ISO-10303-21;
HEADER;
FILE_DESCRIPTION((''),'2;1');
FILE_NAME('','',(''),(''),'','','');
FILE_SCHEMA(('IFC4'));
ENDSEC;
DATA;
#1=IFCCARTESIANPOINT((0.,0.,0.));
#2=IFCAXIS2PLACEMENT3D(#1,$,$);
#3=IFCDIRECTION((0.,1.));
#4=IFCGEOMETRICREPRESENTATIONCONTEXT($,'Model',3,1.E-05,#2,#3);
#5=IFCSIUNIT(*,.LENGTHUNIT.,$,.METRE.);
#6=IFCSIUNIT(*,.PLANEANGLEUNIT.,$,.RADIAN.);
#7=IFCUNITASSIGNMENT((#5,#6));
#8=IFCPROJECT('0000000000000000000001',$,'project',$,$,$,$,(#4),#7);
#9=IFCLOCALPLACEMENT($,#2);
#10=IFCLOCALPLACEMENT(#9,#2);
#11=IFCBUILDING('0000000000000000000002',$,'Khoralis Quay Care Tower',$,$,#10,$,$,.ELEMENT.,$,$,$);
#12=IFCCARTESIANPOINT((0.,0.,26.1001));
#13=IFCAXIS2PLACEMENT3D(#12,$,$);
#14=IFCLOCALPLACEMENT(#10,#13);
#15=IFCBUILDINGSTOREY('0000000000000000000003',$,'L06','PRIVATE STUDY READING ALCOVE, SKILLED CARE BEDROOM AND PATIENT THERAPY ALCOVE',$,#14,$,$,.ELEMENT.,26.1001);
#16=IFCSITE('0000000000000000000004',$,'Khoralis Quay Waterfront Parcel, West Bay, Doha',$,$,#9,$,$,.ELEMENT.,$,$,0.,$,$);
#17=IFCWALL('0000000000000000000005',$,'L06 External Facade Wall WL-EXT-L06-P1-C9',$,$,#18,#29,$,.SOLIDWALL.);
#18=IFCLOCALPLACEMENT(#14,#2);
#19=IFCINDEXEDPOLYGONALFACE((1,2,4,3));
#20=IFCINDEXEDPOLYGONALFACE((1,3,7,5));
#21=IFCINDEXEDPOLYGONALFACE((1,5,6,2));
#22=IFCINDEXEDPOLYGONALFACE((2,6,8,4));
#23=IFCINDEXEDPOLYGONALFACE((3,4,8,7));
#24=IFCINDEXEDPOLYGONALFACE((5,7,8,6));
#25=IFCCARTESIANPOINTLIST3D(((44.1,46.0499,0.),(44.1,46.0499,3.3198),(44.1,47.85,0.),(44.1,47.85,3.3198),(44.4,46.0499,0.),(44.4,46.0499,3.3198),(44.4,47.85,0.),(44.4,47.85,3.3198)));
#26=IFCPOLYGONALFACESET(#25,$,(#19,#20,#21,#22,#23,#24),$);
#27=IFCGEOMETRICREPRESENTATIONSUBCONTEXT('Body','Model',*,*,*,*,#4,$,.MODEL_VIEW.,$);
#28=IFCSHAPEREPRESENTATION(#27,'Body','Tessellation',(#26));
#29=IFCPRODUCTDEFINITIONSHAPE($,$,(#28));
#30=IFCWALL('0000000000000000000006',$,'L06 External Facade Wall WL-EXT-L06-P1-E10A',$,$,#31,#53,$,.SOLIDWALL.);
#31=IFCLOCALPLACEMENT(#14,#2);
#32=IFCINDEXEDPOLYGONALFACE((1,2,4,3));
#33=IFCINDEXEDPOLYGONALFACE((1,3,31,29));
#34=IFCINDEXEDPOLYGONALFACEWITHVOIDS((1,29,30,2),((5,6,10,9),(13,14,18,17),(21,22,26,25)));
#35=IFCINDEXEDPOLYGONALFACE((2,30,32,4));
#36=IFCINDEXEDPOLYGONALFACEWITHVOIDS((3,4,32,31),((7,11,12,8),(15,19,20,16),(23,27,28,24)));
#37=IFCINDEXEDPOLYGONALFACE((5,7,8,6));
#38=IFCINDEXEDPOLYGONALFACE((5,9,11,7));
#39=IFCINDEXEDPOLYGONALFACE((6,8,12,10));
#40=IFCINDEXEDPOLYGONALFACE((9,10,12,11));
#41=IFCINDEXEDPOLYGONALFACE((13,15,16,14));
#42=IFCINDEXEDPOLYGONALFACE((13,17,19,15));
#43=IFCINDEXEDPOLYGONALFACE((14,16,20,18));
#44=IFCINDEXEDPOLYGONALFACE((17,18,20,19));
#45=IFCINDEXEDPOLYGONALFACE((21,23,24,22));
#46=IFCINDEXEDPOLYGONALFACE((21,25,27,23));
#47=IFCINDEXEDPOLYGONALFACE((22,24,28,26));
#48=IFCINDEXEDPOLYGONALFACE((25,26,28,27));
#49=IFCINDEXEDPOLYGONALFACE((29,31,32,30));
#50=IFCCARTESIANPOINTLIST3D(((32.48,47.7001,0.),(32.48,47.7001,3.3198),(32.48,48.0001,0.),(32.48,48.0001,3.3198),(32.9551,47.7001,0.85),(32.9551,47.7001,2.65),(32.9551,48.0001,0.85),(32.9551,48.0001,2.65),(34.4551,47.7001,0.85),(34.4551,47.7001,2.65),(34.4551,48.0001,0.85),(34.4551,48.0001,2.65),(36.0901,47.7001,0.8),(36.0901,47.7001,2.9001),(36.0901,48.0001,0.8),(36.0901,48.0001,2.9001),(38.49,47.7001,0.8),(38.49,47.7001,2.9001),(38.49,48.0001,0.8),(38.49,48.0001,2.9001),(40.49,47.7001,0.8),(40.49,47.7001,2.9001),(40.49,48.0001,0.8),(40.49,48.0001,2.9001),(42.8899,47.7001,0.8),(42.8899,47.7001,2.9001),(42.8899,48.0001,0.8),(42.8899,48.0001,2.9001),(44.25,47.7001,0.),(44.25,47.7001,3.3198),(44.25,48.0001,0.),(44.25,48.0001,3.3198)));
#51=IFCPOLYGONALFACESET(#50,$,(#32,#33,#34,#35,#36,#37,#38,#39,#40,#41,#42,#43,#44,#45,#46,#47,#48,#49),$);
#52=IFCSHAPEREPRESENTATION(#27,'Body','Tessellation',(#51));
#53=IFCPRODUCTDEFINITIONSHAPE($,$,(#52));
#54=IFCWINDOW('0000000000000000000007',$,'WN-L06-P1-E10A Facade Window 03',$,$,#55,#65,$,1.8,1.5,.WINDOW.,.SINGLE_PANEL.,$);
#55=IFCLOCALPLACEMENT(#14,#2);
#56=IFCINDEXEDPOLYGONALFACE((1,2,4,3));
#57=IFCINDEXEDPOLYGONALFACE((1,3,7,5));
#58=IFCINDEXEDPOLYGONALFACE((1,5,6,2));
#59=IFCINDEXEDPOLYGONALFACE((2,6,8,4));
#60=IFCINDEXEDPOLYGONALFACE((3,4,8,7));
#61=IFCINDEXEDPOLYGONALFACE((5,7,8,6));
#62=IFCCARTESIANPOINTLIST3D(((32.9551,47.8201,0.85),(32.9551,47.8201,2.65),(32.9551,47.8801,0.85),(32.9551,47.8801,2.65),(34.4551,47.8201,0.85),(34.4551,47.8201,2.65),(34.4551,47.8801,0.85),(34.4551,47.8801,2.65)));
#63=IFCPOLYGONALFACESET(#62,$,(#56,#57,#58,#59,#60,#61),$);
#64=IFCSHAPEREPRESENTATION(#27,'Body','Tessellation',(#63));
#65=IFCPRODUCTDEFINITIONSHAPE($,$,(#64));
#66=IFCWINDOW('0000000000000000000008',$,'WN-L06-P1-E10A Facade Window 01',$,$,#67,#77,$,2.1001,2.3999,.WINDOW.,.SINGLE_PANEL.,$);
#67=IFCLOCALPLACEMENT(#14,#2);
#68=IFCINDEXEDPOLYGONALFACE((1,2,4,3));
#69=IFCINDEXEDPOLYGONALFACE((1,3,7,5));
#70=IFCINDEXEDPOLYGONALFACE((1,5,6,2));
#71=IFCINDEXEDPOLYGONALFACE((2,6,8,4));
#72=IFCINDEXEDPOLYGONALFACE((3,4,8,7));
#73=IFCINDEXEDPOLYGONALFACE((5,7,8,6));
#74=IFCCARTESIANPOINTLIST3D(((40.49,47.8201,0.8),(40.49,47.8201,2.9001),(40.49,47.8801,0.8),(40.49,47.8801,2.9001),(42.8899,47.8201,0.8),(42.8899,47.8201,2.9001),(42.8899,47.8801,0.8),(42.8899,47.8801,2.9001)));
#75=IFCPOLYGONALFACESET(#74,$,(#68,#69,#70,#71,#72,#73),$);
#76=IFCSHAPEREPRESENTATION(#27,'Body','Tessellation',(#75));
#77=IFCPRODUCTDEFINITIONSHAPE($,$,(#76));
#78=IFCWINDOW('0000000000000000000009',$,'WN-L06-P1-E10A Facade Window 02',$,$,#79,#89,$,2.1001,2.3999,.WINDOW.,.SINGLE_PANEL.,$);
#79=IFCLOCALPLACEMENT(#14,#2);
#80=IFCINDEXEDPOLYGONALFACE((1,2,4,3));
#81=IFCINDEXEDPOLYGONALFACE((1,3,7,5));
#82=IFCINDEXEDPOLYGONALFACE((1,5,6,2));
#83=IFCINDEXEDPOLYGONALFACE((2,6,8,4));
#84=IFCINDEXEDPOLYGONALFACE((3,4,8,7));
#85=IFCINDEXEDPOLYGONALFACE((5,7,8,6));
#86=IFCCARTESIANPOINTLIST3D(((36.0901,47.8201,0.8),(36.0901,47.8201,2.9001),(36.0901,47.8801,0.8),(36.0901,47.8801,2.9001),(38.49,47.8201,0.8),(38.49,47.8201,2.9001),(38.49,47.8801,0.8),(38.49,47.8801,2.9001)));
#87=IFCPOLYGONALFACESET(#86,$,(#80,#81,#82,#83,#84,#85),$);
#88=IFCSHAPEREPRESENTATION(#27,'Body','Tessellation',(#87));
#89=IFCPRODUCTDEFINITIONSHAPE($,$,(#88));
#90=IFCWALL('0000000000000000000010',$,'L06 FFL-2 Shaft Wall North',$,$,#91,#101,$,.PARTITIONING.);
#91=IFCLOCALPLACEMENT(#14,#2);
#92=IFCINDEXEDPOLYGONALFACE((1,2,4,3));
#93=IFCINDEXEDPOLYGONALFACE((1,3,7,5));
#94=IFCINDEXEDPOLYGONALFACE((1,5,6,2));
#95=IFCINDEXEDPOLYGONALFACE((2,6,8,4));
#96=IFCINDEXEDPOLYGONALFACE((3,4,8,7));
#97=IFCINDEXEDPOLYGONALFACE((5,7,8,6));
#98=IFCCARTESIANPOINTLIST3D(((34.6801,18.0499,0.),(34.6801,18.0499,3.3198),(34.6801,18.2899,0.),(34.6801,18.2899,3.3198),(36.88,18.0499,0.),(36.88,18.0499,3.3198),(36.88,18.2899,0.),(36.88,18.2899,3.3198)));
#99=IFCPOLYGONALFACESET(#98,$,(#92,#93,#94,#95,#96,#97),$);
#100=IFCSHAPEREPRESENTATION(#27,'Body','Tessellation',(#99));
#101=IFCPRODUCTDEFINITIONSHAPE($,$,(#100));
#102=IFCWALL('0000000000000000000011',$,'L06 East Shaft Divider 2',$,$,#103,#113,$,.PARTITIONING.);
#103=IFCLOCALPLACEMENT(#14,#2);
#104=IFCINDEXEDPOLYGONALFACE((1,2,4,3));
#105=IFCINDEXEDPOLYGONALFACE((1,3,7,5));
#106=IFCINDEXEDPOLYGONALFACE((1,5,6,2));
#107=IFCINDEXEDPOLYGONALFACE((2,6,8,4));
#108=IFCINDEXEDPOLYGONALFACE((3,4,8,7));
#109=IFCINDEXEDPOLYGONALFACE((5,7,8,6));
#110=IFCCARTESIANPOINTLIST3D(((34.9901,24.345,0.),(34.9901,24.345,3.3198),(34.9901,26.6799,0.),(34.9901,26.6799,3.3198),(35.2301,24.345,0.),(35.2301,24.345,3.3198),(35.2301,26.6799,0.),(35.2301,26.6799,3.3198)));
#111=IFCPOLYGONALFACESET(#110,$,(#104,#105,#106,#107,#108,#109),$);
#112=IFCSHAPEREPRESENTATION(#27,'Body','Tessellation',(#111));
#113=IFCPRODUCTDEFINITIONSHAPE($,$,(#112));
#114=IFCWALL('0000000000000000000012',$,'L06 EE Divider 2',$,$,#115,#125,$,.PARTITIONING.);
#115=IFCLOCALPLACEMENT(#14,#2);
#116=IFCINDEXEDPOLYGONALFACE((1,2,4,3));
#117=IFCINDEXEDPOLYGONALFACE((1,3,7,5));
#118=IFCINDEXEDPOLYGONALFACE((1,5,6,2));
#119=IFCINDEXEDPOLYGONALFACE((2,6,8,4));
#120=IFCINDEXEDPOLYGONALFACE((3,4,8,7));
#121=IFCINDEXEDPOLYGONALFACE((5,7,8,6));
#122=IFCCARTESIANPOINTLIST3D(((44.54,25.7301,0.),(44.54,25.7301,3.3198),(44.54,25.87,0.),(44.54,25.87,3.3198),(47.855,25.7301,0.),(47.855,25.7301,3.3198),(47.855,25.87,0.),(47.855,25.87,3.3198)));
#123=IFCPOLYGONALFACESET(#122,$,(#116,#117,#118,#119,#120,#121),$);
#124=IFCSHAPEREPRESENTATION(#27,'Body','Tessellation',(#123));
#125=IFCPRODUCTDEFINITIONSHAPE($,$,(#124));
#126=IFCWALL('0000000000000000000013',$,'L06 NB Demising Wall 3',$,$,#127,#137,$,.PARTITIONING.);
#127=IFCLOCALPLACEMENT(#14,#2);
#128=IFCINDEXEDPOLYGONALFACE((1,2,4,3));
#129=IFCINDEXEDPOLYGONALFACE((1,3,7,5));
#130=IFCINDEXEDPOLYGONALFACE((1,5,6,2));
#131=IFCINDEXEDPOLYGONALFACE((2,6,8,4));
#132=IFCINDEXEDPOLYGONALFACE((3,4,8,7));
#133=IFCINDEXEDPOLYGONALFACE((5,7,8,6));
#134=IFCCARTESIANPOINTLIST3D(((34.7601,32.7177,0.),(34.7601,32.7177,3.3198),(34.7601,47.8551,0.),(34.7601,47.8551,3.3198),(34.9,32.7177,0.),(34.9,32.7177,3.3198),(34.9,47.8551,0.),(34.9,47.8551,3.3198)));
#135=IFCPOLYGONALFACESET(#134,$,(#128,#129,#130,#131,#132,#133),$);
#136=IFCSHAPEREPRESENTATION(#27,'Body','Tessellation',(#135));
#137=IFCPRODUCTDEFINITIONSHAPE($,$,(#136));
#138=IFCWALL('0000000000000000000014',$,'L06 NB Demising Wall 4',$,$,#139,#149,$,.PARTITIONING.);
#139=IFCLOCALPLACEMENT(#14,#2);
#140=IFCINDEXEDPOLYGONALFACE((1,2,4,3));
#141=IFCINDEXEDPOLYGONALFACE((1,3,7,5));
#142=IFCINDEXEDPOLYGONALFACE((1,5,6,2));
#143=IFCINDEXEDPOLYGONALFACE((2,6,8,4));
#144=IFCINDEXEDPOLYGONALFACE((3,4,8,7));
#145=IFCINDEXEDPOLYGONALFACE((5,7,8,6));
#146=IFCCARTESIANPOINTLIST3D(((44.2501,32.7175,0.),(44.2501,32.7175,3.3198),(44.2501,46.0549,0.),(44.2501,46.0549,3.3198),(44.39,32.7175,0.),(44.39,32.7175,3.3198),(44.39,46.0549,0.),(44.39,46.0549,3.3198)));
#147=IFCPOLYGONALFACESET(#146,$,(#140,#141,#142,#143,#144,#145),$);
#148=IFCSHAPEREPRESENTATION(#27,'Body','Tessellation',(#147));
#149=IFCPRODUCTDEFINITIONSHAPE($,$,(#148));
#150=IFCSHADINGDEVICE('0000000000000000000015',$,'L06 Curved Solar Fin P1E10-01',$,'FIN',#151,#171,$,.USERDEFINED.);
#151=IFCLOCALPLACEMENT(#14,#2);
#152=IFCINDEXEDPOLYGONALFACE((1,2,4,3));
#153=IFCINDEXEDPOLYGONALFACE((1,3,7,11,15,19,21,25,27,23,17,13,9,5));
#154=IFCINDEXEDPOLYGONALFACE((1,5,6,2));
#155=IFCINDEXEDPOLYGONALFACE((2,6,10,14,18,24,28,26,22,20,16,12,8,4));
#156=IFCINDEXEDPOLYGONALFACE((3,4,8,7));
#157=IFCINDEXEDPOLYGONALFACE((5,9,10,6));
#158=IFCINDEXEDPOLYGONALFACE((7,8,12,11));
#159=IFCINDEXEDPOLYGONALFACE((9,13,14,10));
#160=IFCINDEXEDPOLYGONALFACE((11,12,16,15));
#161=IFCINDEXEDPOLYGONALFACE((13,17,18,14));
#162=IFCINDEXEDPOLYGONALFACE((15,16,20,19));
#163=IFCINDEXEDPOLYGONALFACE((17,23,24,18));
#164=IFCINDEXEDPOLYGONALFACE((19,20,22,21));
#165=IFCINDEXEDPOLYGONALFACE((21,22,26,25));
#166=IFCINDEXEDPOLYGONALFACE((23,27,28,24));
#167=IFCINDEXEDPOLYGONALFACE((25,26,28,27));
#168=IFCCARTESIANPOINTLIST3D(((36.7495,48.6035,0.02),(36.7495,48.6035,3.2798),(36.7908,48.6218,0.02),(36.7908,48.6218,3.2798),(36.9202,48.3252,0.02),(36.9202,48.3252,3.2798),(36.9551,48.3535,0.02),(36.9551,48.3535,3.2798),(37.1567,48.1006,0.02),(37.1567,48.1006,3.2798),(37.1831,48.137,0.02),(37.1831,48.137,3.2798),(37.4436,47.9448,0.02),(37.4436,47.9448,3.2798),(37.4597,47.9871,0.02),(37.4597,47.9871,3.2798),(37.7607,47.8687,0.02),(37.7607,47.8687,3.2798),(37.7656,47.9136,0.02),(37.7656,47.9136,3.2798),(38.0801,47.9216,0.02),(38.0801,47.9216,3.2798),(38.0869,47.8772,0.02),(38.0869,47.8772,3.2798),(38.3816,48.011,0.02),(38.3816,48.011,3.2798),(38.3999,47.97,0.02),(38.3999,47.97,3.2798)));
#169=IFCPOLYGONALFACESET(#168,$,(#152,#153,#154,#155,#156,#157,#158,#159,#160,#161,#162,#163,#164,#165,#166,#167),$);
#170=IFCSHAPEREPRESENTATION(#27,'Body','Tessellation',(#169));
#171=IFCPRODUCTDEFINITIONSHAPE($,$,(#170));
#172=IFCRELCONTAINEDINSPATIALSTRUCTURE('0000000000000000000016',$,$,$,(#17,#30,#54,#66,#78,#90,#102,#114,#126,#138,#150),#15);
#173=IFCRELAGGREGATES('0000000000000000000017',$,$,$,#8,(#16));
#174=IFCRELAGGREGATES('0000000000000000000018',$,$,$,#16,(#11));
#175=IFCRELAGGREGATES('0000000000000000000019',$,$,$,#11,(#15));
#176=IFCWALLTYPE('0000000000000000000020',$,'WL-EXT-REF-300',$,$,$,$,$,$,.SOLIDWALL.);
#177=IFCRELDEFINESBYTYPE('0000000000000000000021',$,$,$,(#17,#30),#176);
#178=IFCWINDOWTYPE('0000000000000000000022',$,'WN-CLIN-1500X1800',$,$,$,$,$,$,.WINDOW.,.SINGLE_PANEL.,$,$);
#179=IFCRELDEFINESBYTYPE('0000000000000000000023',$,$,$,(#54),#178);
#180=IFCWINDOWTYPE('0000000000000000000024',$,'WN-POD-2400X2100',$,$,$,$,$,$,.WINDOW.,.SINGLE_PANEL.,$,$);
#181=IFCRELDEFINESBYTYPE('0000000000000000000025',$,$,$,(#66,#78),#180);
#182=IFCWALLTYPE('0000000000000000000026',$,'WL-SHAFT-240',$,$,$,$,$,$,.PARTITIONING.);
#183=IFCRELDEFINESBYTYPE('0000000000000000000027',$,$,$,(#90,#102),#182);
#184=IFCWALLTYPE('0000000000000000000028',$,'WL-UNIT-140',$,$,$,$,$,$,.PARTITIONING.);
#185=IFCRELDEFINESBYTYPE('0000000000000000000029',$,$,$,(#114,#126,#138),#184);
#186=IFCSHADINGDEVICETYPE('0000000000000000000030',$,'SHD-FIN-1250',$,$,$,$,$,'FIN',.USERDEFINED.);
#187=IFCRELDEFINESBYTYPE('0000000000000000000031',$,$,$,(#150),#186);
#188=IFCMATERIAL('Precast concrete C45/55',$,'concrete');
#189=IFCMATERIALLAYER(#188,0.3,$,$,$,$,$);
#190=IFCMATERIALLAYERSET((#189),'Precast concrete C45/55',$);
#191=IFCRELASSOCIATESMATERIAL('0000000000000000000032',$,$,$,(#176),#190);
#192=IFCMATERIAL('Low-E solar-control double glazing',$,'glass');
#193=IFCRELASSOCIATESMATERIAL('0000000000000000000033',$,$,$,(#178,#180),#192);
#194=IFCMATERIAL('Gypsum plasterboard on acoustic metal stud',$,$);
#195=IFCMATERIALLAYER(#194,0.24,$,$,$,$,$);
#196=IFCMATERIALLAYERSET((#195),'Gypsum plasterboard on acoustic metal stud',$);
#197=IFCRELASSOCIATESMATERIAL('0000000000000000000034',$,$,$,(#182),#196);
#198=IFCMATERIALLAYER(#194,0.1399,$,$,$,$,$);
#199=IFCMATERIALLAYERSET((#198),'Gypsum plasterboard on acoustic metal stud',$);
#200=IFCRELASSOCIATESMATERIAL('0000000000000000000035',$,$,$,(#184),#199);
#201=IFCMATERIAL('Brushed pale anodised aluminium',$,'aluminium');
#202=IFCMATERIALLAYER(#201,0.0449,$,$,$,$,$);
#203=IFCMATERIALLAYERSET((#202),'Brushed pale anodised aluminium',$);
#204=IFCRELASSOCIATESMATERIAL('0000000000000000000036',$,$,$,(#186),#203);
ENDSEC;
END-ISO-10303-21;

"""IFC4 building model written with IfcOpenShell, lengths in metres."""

from ifc_helpers import new_model, si_unit, direction, frame, frame_2d, origin, place, context, subcontext, project, spatial, polyline, rectangle, outline, extrude, source, transform, mapped, material, layer, layer_set, type_object, element, fill, save


model = new_model("IFC4")

# Units and contexts
model_context = context("Model", 3, precision=1e-05, world=origin(), true_north=direction((0.0, 1.0)))
body_context = subcontext(model_context, "Body", "Model", "MODEL_VIEW")
ifc_project = project(units=[si_unit("LENGTHUNIT", "METRE"), si_unit("PLANEANGLEUNIT", "RADIAN")], contexts=[model_context])

# Site, building, storey
site_placement = place(None, origin())
site = spatial("IfcSite", under=ifc_project, at=site_placement, Name="Khoralis Quay Waterfront Parcel, West Bay, Doha", CompositionType="ELEMENT", RefElevation=0.0)
building_placement = place(site_placement, origin())
building = spatial("IfcBuilding", under=site, at=building_placement, Name="Khoralis Quay Care Tower", CompositionType="ELEMENT")
storey_placement = place(building_placement, frame((0.0, 0.0, 26.1001)))
storey = spatial("IfcBuildingStorey", under=building, at=storey_placement, Name="L06", Description="PRIVATE STUDY READING ALCOVE, SKILLED CARE BEDROOM AND PATIENT THERAPY ALCOVE", CompositionType="ELEMENT", Elevation=26.1001)

# Wall
ifc_material_1 = material(Name="Gypsum plasterboard on acoustic metal stud")
ifc_material_2 = material(Name="Precast concrete C45/55", Category="concrete")
ifc_layer_1 = layer(ifc_material_2, 0.3)
ifc_layer_set_1 = layer_set([ifc_layer_1], Name="Precast concrete C45/55")
wall_type_1 = type_object("IfcWallType", Name="WL-EXT-REF-300", PredefinedType="SOLIDWALL", material=ifc_layer_set_1)
for number, where, z_axis, x_axis, name in (
    (1, (44.25, 46.05, 0.0), (0.0, 0.0, 1.0), (0.0, 1.0, 0.0), "L06 External Facade Wall WL-EXT-L06-P1-C9"),
):
    element("IfcWall", number, at=place(storey_placement, frame(where, z_axis=z_axis, x_axis=x_axis)), inside=storey, type_object=wall_type_1, Name=name, PredefinedType="SOLIDWALL", context=body_context, shape_type="SweptSolid", body=[
        extrude(rectangle(XDim=1.8, YDim=0.3, at=frame_2d((0.8999, 0.0))), origin(), (0.0, 0.0, 1.0), 3.3198),
    ])

# Wall, openings, windows
wall_1_placement = place(storey_placement, frame((44.25, 47.8501, 0.0), z_axis=(0.0, 0.0, 1.0), x_axis=(-1.0, 0.0, 0.0)))
wall_1 = element("IfcWall", 2, at=wall_1_placement, inside=storey, type_object=wall_type_1, Name="L06 External Facade Wall WL-EXT-L06-P1-E10A", PredefinedType="SOLIDWALL", context=body_context, shape_type="SweptSolid", body=[
    extrude(rectangle(XDim=11.77, YDim=0.3, at=frame_2d((5.885, 0.0))), origin(), (0.0, 0.0, 1.0), 3.3198),
])
opening_1_placement = place(wall_1_placement, frame((1.3601, 0.0, 0.8)))
opening_1 = element("IfcOpeningElement", 3, at=opening_1_placement, cuts=wall_1, PredefinedType="OPENING", context=body_context, shape_type="SweptSolid", body=[
    extrude(rectangle(XDim=2.3999, YDim=2.1001, at=frame_2d((1.2, 1.05))), frame((0.0, 0.1602, 0.0), z_axis=(0.0, -1.0, 0.0), x_axis=(1.0, 0.0, 0.0)), (0.0, 0.0, 1.0), 0.3201),
])
opening_2_placement = place(wall_1_placement, frame((5.76, 0.0, 0.8)))
opening_2 = element("IfcOpeningElement", 4, at=opening_2_placement, cuts=wall_1, PredefinedType="OPENING", context=body_context, shape_type="SweptSolid", body=[
    extrude(rectangle(XDim=2.3999, YDim=2.1001, at=frame_2d((1.2, 1.05))), frame((0.0, 0.1602, 0.0), z_axis=(0.0, -1.0, 0.0), x_axis=(1.0, 0.0, 0.0)), (0.0, 0.0, 1.0), 0.3201),
])
opening_3_placement = place(wall_1_placement, frame((9.7949, 0.0, 0.8501)))
opening_3 = element("IfcOpeningElement", 5, at=opening_3_placement, cuts=wall_1, PredefinedType="OPENING", context=body_context, shape_type="SweptSolid", body=[
    extrude(rectangle(XDim=1.5, YDim=1.8, at=frame_2d((0.75, 0.8999))), frame((0.0, 0.1602, 0.0), z_axis=(0.0, -1.0, 0.0), x_axis=(1.0, 0.0, 0.0)), (0.0, 0.0, 1.0), 0.3201),
])
ifc_material_3 = material(Name="Low-E solar-control double glazing", Category="glass")
window_type_1 = type_object("IfcWindowType", Name="WN-CLIN-1500X1800", PartitioningType="SINGLE_PANEL", PredefinedType="WINDOW", material=ifc_material_3)
shared_shape_1 = source(origin(), body_context, "Body", "SweptSolid", [
    extrude(rectangle(XDim=1.5, YDim=1.8, at=frame_2d((0.75, 0.8999))), frame((0.0, 0.03, 0.0), z_axis=(0.0, -1.0, 0.0), x_axis=(1.0, 0.0, 0.0)), (0.0, 0.0, 1.0), 0.0601),
])
window_1_placement = place(opening_3_placement, origin())
window_1 = element("IfcWindow", 6, at=window_1_placement, inside=storey, type_object=window_type_1, Name="WN-L06-P1-E10A Facade Window 03", OverallHeight=1.8, OverallWidth=1.5, PartitioningType="SINGLE_PANEL", PredefinedType="WINDOW", context=body_context, shape_type="MappedRepresentation", body=[
    mapped(shared_shape_1, transform((0.0, 0.0, 0.0), scale=1.0)),
])
fill(opening_3, window_1)
window_type_2 = type_object("IfcWindowType", Name="WN-POD-2400X2100", PartitioningType="SINGLE_PANEL", PredefinedType="WINDOW", material=ifc_material_3)
shared_shape_2 = source(origin(), body_context, "Body", "SweptSolid", [
    extrude(rectangle(XDim=2.3999, YDim=2.1001, at=frame_2d((1.2, 1.05))), frame((0.0, 0.03, 0.0), z_axis=(0.0, -1.0, 0.0), x_axis=(1.0, 0.0, 0.0)), (0.0, 0.0, 1.0), 0.0601),
])
window_2_placement = place(opening_1_placement, origin())
window_2 = element("IfcWindow", 7, at=window_2_placement, inside=storey, type_object=window_type_2, Name="WN-L06-P1-E10A Facade Window 01", OverallHeight=2.1001, OverallWidth=2.3999, PartitioningType="SINGLE_PANEL", PredefinedType="WINDOW", context=body_context, shape_type="MappedRepresentation", body=[
    mapped(shared_shape_2, transform((0.0, 0.0, 0.0), scale=1.0)),
])
fill(opening_1, window_2)
window_3_placement = place(opening_2_placement, origin())
window_3 = element("IfcWindow", 8, at=window_3_placement, inside=storey, type_object=window_type_2, Name="WN-L06-P1-E10A Facade Window 02", OverallHeight=2.1001, OverallWidth=2.3999, PartitioningType="SINGLE_PANEL", PredefinedType="WINDOW", context=body_context, shape_type="MappedRepresentation", body=[
    mapped(shared_shape_2, transform((0.0, 0.0, 0.0), scale=1.0)),
])
fill(opening_2, window_3)

# Walls
ifc_layer_2 = layer(ifc_material_1, 0.24)
ifc_layer_set_2 = layer_set([ifc_layer_2], Name="Gypsum plasterboard on acoustic metal stud")
wall_type_2 = type_object("IfcWallType", Name="WL-SHAFT-240", PredefinedType="PARTITIONING", material=ifc_layer_set_2)
wall_2_placement = place(storey_placement, frame((34.6799, 18.1699, 0.0), z_axis=(0.0, 0.0, 1.0), x_axis=(1.0, 0.0, 0.0)))
element("IfcWall", 9, at=wall_2_placement, inside=storey, type_object=wall_type_2, Name="L06 FFL-2 Shaft Wall North", PredefinedType="PARTITIONING", context=body_context, shape_type="SweptSolid", body=[
    extrude(rectangle(XDim=2.2, YDim=0.24, at=frame_2d((1.1001, 0.0))), origin(), (0.0, 0.0, 1.0), 3.3198),
])
wall_3_placement = place(storey_placement, frame((35.1101, 24.345, 0.0), z_axis=(0.0, 0.0, 1.0), x_axis=(0.0, 1.0, 0.0)))
element("IfcWall", 10, at=wall_3_placement, inside=storey, type_object=wall_type_2, Name="L06 East Shaft Divider 2", PredefinedType="PARTITIONING", context=body_context, shape_type="SweptSolid", body=[
    extrude(rectangle(XDim=2.335, YDim=0.24, at=frame_2d((1.1675, 0.0))), origin(), (0.0, 0.0, 1.0), 3.3198),
])
ifc_layer_3 = layer(ifc_material_1, 0.1399)
ifc_layer_set_3 = layer_set([ifc_layer_3], Name="Gypsum plasterboard on acoustic metal stud")
wall_type_3 = type_object("IfcWallType", Name="WL-UNIT-140", PredefinedType="PARTITIONING", material=ifc_layer_set_3)
wall_4_placement = place(storey_placement, frame((44.54, 25.8, 0.0), z_axis=(0.0, 0.0, 1.0), x_axis=(1.0, 0.0, 0.0)))
element("IfcWall", 11, at=wall_4_placement, inside=storey, type_object=wall_type_3, Name="L06 EE Divider 2", PredefinedType="PARTITIONING", context=body_context, shape_type="SweptSolid", body=[
    extrude(rectangle(XDim=3.3149, YDim=0.1399, at=frame_2d((1.6575, 0.0))), origin(), (0.0, 0.0, 1.0), 3.3198),
])
wall_5_placement = place(storey_placement, frame((34.8301, 32.7175, 0.0), z_axis=(0.0, 0.0, 1.0), x_axis=(0.0, 1.0, 0.0)))
element("IfcWall", 12, at=wall_5_placement, inside=storey, type_object=wall_type_3, Name="L06 NB Demising Wall 3", PredefinedType="PARTITIONING", context=body_context, shape_type="SweptSolid", body=[
    extrude(rectangle(XDim=15.1375, YDim=0.1399, at=frame_2d((7.5688, 0.0))), origin(), (0.0, 0.0, 1.0), 3.3198),
])
wall_6_placement = place(storey_placement, frame((44.3201, 32.7175, 0.0), z_axis=(0.0, 0.0, 1.0), x_axis=(0.0, 1.0, 0.0)))
element("IfcWall", 13, at=wall_6_placement, inside=storey, type_object=wall_type_3, Name="L06 NB Demising Wall 4", PredefinedType="PARTITIONING", context=body_context, shape_type="SweptSolid", body=[
    extrude(rectangle(XDim=13.3374, YDim=0.1399, at=frame_2d((6.6687, 0.0))), origin(), (0.0, 0.0, 1.0), 3.3198),
])

# Shading device
ifc_material_4 = material(Name="Brushed pale anodised aluminium", Category="aluminium")
ifc_layer_4 = layer(ifc_material_4, 0.0449)
ifc_layer_set_4 = layer_set([ifc_layer_4], Name="Brushed pale anodised aluminium")
shading_device_type = type_object("IfcShadingDeviceType", Name="SHD-FIN-1250", ElementType="FIN", PredefinedType="USERDEFINED", material=ifc_layer_set_4)
shared_shape_3 = source(origin(), body_context, "Body", "SweptSolid", [
    extrude(outline(polyline([(0.0, 0.0), (-0.0928, 0.313), (-0.1013, 0.6392), (-0.0251, 0.9563), (0.1306, 1.2432), (0.3552, 1.4797), (0.6335, 1.6504), (0.6519, 1.6091), (0.3835, 1.4448), (0.167, 1.2168), (0.0171, 0.9402), (-0.0564, 0.6343), (-0.0483, 0.3198), (0.041, 0.0183), (0.0, 0.0)])), origin(), (0.0, 0.0, 1.0), 3.2598),
])
shading_device_placement = place(storey_placement, frame((38.3999, 47.97, 0.02), z_axis=(0.0, 0.0, 1.0), x_axis=(0.0, 1.0, 0.0)))
element("IfcShadingDevice", 14, at=shading_device_placement, inside=storey, type_object=shading_device_type, Name="L06 Curved Solar Fin P1E10-01", ObjectType="FIN", PredefinedType="USERDEFINED", context=body_context, shape_type="MappedRepresentation", body=[
    mapped(shared_shape_3, transform((0.0, 0.0, 0.0), scale=1.0)),
])

save(model, "model.ifc")
